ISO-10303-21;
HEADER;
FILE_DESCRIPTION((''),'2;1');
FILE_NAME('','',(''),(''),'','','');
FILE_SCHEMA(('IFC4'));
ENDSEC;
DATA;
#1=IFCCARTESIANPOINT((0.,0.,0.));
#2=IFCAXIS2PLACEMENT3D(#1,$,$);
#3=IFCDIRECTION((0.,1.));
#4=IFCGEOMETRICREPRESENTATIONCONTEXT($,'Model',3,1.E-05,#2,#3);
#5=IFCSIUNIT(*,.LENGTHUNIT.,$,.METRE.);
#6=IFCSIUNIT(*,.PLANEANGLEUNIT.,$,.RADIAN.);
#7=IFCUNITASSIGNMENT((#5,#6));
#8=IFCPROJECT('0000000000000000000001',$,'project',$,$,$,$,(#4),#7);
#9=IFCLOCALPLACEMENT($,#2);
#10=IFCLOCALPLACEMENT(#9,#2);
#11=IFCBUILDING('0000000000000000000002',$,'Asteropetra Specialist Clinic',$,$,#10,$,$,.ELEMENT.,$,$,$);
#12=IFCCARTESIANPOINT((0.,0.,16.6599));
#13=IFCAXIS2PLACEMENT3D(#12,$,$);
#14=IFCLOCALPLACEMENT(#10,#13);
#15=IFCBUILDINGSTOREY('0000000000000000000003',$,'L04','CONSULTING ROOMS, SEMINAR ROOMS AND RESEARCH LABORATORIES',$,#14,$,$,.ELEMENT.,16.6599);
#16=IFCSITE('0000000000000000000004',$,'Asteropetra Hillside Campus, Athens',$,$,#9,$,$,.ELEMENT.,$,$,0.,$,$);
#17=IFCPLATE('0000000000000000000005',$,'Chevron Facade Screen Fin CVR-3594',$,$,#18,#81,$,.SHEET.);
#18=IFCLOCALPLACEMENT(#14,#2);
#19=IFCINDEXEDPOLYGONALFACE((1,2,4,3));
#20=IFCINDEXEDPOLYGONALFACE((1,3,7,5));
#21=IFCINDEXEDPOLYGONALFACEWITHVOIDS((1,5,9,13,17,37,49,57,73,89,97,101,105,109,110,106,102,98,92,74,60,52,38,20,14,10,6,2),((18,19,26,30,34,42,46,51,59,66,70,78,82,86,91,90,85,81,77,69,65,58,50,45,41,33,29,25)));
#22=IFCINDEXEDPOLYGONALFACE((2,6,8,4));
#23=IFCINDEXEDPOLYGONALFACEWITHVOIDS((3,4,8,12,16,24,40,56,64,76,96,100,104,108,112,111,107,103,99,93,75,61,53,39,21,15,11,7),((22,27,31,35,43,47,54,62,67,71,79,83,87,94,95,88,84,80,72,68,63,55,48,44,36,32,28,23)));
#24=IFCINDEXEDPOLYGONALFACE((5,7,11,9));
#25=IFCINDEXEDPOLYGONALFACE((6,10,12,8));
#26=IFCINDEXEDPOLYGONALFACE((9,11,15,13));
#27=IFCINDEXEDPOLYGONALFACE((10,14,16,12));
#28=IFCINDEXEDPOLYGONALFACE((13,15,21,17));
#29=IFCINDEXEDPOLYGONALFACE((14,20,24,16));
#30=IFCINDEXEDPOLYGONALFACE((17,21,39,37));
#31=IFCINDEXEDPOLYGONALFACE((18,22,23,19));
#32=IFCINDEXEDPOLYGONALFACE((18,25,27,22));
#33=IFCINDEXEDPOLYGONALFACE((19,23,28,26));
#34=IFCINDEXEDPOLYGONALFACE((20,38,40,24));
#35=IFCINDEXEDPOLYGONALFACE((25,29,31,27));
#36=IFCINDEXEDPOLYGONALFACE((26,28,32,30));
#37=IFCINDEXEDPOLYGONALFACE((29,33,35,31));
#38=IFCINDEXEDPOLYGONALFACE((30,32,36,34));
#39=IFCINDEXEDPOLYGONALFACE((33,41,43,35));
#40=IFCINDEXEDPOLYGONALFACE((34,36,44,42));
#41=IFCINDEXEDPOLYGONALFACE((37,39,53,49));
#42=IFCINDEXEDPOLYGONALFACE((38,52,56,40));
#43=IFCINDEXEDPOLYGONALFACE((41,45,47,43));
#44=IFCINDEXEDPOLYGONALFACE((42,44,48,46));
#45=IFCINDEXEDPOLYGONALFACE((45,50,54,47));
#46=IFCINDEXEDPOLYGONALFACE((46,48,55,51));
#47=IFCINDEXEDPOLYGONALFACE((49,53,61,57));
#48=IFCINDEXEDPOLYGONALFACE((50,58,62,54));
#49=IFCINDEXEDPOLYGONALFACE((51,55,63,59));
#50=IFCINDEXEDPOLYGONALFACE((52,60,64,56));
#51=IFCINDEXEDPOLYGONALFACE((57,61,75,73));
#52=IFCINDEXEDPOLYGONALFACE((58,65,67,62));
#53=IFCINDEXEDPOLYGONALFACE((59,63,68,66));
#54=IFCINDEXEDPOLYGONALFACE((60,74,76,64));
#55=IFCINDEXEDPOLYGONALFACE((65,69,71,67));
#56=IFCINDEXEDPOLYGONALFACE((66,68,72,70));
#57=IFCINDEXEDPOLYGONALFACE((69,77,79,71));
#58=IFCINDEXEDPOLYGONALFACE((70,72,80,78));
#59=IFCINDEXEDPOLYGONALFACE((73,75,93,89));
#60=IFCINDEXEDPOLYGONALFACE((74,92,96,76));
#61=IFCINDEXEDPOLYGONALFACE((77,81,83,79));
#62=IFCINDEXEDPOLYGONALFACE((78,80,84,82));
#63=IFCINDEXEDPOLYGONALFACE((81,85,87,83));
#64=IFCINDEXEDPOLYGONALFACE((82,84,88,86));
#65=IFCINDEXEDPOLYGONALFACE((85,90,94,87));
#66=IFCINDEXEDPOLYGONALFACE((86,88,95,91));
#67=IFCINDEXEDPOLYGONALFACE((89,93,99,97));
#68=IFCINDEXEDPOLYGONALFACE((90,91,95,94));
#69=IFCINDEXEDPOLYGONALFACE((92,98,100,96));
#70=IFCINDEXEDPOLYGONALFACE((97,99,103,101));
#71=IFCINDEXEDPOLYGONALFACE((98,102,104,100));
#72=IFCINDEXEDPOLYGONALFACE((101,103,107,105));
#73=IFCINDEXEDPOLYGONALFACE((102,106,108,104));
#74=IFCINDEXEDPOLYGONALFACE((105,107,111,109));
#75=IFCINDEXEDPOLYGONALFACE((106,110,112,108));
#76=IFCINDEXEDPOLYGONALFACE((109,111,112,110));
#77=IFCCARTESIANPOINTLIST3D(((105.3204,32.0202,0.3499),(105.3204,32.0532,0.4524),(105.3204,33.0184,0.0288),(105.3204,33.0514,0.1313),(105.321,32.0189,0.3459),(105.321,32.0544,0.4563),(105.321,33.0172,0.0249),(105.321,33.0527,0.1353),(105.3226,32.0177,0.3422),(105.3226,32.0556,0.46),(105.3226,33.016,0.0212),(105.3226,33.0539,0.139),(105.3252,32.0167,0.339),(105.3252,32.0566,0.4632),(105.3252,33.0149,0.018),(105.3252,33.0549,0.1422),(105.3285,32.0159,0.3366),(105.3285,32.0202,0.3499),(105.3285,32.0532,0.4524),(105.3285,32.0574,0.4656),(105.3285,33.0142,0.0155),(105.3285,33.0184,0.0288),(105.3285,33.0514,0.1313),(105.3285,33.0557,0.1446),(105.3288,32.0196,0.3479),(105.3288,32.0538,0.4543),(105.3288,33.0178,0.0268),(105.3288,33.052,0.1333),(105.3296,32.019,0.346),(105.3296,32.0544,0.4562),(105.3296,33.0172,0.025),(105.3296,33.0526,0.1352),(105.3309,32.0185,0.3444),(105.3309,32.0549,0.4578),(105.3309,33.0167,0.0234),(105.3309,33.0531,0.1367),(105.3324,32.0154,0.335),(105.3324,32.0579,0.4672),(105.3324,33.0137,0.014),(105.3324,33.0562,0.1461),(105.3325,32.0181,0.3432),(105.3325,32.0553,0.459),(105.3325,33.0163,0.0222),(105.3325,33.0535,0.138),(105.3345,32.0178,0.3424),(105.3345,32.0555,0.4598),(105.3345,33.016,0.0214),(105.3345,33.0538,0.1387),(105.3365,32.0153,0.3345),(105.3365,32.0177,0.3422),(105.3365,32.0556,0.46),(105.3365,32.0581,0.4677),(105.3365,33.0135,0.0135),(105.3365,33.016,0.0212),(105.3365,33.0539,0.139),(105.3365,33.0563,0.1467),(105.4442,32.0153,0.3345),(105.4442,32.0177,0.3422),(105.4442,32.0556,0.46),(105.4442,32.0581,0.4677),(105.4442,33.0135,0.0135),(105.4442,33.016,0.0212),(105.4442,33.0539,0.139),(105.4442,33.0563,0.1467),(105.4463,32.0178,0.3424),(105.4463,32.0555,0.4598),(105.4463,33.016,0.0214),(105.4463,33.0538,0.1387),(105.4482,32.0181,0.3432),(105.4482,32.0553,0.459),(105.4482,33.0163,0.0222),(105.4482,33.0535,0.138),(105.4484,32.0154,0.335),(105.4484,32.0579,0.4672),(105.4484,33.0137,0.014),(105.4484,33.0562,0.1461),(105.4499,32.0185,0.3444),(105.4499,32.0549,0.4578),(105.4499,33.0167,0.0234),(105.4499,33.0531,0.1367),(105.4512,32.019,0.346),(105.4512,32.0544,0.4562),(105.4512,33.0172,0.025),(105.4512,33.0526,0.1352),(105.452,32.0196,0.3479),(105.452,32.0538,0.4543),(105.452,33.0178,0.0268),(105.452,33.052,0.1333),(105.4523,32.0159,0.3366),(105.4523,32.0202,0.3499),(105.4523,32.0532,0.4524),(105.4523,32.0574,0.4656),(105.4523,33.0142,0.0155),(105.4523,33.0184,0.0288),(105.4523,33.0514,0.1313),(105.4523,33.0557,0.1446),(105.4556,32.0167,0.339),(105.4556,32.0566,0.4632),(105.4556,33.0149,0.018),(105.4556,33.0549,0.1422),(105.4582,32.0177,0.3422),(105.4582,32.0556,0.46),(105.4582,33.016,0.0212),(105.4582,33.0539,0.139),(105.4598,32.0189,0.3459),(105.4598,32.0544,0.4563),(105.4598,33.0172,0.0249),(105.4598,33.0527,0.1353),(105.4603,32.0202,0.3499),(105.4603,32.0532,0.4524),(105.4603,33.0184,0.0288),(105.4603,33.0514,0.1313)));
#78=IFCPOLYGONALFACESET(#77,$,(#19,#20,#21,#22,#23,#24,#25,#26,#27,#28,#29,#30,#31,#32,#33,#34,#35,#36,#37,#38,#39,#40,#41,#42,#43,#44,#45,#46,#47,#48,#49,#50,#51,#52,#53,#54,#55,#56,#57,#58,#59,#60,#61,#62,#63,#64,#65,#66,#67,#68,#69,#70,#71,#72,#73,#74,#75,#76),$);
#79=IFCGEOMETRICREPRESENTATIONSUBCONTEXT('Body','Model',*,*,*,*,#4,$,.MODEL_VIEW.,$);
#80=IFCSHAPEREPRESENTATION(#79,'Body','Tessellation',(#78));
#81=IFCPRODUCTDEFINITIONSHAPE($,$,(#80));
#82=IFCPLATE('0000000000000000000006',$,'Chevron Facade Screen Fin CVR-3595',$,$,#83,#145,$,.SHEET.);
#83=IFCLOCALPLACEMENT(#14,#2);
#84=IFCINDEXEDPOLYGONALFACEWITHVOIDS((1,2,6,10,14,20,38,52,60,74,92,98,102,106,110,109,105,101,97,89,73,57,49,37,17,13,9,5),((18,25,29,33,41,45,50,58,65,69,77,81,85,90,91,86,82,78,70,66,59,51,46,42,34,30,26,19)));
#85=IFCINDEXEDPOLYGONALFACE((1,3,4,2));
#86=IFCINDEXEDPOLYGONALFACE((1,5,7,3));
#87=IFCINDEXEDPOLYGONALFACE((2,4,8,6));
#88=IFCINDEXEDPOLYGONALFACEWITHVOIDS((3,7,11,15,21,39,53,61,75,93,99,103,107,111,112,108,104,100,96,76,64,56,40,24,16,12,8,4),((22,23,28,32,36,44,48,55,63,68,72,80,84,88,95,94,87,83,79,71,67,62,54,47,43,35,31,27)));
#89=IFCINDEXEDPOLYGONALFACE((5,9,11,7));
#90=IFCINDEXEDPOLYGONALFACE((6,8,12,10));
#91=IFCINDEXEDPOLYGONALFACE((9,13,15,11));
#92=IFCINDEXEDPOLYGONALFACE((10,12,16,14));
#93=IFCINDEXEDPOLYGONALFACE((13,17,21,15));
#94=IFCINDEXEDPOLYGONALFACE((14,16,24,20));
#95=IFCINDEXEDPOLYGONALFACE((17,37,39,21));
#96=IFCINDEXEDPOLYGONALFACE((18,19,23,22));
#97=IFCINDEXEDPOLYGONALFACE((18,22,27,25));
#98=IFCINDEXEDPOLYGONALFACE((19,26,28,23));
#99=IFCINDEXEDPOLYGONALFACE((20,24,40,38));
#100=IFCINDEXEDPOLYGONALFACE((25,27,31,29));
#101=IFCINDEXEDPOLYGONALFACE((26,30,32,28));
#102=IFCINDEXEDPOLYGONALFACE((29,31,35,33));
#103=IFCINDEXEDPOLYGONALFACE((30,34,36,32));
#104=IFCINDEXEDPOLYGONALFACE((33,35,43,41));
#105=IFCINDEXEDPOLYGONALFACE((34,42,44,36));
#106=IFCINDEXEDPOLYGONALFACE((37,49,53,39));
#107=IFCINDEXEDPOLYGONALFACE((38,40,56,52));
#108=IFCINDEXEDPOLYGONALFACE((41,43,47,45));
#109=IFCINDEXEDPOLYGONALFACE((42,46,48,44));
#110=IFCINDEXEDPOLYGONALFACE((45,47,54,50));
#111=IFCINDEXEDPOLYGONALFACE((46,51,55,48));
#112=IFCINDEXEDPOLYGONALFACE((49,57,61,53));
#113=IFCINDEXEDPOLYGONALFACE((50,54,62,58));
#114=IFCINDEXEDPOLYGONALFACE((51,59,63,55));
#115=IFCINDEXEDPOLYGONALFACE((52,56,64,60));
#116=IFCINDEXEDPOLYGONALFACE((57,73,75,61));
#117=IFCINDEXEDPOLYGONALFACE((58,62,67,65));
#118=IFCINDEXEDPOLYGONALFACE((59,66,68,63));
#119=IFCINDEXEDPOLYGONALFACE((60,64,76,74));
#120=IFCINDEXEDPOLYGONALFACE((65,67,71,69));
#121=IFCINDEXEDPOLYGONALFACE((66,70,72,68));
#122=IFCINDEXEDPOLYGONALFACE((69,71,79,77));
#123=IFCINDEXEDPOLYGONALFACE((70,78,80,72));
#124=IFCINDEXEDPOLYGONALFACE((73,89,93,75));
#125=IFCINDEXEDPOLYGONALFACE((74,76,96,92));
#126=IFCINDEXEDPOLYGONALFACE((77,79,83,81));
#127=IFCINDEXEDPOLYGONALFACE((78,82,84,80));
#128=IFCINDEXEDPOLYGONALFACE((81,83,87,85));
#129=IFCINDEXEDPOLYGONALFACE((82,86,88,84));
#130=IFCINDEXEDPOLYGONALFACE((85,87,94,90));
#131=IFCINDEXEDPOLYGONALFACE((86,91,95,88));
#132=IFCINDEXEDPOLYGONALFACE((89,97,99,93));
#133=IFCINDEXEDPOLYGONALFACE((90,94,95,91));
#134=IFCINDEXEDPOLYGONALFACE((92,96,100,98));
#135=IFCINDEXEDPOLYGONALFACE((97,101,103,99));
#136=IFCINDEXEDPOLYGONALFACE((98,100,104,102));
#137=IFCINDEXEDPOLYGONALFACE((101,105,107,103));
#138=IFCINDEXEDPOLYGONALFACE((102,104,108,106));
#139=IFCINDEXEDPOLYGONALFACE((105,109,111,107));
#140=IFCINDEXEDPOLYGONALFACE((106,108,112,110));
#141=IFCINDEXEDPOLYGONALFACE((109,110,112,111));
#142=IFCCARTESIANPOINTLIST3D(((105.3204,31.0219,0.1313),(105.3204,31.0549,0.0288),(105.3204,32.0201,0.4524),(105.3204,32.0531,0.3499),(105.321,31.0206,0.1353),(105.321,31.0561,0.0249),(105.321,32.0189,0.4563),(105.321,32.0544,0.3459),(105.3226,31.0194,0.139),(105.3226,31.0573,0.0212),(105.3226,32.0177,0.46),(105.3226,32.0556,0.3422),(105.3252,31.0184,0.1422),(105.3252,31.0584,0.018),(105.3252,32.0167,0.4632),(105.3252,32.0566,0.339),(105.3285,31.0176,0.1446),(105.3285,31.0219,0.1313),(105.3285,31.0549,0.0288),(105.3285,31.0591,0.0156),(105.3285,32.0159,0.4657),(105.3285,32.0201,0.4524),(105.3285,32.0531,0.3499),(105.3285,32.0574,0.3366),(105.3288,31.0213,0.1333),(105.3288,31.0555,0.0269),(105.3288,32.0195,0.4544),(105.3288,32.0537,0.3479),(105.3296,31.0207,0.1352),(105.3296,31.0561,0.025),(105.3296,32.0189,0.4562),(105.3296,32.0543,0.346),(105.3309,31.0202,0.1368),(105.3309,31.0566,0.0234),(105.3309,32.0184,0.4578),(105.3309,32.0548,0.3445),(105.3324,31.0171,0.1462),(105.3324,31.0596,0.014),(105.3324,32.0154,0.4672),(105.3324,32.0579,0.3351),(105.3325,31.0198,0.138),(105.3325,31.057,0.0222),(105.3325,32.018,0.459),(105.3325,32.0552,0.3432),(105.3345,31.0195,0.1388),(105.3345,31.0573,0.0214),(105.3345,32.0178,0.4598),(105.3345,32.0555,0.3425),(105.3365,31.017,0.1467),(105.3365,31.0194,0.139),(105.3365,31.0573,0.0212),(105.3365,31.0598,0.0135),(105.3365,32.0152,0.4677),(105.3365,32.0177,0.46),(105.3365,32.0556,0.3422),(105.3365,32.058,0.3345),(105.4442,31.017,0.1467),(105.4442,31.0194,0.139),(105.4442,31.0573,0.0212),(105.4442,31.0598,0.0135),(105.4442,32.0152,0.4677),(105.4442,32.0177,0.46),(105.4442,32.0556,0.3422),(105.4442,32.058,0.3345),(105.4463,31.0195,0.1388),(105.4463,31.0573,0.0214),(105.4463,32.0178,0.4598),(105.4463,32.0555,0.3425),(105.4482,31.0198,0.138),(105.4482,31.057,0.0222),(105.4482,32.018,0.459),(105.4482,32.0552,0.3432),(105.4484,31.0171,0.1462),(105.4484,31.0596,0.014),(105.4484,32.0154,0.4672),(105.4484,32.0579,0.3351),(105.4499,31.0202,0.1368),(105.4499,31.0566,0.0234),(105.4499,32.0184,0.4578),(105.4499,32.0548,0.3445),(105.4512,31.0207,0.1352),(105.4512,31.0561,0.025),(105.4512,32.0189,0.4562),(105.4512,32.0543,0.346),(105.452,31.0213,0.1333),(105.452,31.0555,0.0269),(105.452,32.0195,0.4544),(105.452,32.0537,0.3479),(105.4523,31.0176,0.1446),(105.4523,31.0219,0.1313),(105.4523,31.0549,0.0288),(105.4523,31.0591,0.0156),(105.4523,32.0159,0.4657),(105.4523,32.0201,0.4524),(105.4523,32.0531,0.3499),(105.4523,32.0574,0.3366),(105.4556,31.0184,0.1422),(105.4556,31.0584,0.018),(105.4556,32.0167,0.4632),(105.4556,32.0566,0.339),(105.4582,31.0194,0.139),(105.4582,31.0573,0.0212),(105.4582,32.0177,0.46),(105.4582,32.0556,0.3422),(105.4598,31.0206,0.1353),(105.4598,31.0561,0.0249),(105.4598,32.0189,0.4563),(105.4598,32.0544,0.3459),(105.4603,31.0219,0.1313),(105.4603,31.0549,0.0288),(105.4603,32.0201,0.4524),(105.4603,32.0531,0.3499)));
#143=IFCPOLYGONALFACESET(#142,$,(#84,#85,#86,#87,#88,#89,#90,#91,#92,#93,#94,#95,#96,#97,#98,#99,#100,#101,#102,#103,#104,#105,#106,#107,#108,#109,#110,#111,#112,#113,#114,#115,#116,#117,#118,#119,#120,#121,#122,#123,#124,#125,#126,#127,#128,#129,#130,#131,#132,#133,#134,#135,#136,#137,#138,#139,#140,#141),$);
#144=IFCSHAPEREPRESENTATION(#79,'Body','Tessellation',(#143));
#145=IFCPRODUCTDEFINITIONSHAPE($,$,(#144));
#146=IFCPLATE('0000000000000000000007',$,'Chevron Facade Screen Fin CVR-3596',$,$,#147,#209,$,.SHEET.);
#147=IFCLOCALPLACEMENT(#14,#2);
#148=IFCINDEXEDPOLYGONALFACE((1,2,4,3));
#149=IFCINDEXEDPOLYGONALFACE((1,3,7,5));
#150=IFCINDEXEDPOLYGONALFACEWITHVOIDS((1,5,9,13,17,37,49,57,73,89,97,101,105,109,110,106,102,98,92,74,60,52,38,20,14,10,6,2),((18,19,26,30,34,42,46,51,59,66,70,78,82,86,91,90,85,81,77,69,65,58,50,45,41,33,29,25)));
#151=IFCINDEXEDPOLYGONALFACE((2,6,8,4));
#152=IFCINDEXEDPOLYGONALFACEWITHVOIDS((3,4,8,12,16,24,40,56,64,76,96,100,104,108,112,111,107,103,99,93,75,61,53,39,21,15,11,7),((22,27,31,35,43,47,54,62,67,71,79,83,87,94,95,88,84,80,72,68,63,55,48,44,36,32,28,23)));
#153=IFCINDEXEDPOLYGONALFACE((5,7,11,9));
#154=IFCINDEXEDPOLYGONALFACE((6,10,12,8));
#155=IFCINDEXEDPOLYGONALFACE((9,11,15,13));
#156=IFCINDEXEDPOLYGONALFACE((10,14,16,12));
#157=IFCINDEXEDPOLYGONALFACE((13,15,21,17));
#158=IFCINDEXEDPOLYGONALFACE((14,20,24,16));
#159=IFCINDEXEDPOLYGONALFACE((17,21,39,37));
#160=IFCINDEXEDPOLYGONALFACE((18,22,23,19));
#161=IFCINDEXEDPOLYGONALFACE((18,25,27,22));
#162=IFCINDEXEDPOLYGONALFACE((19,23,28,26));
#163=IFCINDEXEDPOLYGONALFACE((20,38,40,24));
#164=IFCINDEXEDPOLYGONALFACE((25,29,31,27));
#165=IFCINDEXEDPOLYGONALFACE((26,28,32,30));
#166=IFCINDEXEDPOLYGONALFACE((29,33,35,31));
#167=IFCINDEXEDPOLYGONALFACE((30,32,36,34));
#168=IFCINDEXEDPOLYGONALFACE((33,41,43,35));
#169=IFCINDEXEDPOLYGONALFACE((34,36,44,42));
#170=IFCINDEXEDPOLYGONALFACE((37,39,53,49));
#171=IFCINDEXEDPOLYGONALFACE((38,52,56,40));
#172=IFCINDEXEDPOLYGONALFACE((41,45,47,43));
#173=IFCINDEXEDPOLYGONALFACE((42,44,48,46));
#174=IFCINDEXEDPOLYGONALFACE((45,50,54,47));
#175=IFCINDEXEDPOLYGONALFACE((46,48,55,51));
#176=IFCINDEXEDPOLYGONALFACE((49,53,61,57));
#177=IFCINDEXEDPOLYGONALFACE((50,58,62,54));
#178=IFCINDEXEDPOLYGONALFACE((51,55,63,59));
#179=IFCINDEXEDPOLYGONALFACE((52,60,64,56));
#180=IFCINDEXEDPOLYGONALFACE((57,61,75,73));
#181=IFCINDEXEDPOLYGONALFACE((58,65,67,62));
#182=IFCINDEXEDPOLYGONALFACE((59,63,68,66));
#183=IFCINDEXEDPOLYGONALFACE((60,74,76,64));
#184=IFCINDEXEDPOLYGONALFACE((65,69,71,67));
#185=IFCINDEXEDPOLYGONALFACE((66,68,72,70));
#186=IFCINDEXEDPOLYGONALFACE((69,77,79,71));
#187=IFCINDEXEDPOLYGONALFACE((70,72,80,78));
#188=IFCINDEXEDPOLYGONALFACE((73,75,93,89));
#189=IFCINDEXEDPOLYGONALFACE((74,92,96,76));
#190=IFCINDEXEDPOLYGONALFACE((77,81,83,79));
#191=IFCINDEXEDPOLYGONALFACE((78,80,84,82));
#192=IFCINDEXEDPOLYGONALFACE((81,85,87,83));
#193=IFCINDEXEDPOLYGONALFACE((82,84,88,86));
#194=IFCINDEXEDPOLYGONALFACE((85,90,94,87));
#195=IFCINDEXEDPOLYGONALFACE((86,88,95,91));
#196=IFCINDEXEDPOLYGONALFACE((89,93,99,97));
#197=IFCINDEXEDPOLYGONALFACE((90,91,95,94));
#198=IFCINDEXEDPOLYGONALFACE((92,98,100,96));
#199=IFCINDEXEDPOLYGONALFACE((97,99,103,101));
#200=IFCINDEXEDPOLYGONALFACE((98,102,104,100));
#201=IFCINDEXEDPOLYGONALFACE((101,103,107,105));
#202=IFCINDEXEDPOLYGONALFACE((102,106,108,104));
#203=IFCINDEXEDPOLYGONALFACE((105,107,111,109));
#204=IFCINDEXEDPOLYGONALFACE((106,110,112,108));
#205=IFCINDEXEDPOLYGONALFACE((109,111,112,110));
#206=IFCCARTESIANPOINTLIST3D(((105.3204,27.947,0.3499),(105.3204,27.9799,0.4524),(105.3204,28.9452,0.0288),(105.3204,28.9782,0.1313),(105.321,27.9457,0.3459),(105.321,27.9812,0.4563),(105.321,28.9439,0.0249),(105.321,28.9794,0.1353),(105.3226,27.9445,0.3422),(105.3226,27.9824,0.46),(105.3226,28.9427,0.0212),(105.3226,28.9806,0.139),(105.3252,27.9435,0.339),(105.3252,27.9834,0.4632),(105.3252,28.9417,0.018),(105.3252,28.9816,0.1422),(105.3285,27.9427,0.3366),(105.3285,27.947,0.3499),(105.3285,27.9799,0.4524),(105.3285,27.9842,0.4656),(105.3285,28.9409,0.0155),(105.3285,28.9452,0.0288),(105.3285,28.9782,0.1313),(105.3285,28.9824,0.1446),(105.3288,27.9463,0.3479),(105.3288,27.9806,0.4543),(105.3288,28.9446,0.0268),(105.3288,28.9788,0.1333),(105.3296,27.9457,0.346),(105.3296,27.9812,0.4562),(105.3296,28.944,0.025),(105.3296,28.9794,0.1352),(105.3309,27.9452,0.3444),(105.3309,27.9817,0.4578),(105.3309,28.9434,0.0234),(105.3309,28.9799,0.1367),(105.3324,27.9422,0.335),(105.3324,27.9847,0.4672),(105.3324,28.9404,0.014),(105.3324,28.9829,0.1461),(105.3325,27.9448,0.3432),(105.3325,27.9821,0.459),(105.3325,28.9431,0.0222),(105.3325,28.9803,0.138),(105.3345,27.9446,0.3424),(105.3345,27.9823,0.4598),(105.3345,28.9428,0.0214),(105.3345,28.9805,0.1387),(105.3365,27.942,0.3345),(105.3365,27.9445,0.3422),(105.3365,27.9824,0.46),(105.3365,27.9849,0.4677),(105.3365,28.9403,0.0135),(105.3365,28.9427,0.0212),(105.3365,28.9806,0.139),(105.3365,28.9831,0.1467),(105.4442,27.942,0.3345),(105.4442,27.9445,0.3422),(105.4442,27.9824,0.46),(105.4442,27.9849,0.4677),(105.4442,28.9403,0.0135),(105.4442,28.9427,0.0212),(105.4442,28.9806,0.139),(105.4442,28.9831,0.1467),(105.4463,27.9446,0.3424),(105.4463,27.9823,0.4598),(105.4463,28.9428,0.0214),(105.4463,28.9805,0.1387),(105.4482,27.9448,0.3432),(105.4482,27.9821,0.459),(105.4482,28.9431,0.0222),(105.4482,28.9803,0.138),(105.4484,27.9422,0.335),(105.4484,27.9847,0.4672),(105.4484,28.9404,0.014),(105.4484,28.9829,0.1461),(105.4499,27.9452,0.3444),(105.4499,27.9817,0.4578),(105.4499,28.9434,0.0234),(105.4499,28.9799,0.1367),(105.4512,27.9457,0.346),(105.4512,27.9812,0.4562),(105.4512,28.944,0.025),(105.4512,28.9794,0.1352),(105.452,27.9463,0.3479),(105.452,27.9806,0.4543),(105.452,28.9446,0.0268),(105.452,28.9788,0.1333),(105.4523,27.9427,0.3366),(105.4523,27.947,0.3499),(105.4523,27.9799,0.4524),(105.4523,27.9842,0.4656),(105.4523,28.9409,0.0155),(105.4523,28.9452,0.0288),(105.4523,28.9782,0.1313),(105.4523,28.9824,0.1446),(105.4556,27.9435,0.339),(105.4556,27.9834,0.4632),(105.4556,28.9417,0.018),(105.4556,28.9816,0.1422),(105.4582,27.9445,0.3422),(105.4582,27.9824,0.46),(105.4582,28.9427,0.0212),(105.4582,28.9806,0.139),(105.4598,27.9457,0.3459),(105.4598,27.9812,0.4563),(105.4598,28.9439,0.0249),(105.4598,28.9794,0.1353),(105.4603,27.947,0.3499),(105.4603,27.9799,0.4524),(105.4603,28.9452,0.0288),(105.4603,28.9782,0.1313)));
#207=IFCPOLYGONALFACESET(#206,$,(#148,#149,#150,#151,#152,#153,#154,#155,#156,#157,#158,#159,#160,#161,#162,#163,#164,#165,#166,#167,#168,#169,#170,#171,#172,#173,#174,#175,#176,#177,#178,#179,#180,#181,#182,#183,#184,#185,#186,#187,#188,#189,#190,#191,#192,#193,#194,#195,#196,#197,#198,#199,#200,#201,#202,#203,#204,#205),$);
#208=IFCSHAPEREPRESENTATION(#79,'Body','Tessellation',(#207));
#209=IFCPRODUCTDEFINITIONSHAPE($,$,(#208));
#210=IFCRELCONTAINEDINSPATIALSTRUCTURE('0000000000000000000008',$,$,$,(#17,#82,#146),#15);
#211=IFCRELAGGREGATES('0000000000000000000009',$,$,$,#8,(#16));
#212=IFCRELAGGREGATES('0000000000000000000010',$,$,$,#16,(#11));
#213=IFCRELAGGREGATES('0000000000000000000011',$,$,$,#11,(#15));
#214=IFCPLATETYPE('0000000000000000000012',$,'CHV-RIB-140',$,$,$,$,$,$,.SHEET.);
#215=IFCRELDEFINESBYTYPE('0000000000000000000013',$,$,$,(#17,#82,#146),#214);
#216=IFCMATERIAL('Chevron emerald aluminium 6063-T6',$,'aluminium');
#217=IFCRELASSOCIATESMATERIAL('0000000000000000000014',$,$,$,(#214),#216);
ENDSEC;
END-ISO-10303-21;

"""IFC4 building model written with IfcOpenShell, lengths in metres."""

from ifc_helpers import new_model, si_unit, direction, frame, origin, origin_2d, place, context, subcontext, project, spatial, hollow_rectangle, extrude, material, material_profile, profile_set, type_object, element, save


model = new_model("IFC4")

# Units and contexts
model_context = context("Model", 3, precision=1e-05, world=origin(), true_north=direction((0.0, 1.0)))
body_context = subcontext(model_context, "Body", "Model", "MODEL_VIEW")
ifc_project = project(units=[si_unit("LENGTHUNIT", "METRE"), si_unit("PLANEANGLEUNIT", "RADIAN")], contexts=[model_context])

# Site, building, storey
site_placement = place(None, origin())
site = spatial("IfcSite", under=ifc_project, at=site_placement, Name="Asteropetra Hillside Campus, Athens", CompositionType="ELEMENT", RefElevation=0.0)
building_placement = place(site_placement, origin())
building = spatial("IfcBuilding", under=site, at=building_placement, Name="Asteropetra Specialist Clinic", CompositionType="ELEMENT")
storey_placement = place(building_placement, frame((0.0, 0.0, 16.6599)))
storey = spatial("IfcBuildingStorey", under=building, at=storey_placement, Name="L04", Description="CONSULTING ROOMS, SEMINAR ROOMS AND RESEARCH LABORATORIES", CompositionType="ELEMENT", Elevation=16.6599)

# Plates
ifc_material_1 = material(Name="Chevron emerald aluminium 6063-T6", Category="aluminium")
ifc_material_profile = material_profile(ifc_material_1, hollow_rectangle(XDim=0.1399, YDim=0.1399, WallThickness=0.0081, InnerFilletRadius=0.0081, OuterFilletRadius=0.0161, at=origin_2d()), Name="SHS 140x140x8.0")
ifc_profile_set = profile_set([ifc_material_profile], Name="Chevron emerald aluminium 6063-T6")
plate_type = type_object("IfcPlateType", Name="CHV-RIB-140", PredefinedType="SHEET", material=ifc_profile_set)
for number, where, z_axis, x_axis, name in (
    (1, (105.3904, 33.0349, 0.0801), (0.0, -0.951983, 0.306152), (1.0, 0.0, 0.0), "Chevron Facade Screen Fin CVR-3594"),
    (2, (105.3904, 32.0366, 0.4011), (0.0, -0.951983, -0.306152), (1.0, 0.0, 0.0), "Chevron Facade Screen Fin CVR-3595"),
    (3, (105.3904, 28.9617, 0.0801), (0.0, -0.951983, 0.306152), (1.0, 0.0, 0.0), "Chevron Facade Screen Fin CVR-3596"),
):
    element("IfcPlate", number, at=place(storey_placement, frame(where, z_axis=z_axis, x_axis=x_axis)), inside=storey, type_object=plate_type, Name=name, PredefinedType="SHEET", context=body_context, shape_type="SweptSolid", body=[
        extrude(hollow_rectangle(XDim=0.1399, YDim=0.1399, WallThickness=0.0081, InnerFilletRadius=0.0081, OuterFilletRadius=0.0161, at=origin_2d()), origin(), (0.0, 0.0, 1.0), 1.0486),
    ])

save(model, "model.ifc")
